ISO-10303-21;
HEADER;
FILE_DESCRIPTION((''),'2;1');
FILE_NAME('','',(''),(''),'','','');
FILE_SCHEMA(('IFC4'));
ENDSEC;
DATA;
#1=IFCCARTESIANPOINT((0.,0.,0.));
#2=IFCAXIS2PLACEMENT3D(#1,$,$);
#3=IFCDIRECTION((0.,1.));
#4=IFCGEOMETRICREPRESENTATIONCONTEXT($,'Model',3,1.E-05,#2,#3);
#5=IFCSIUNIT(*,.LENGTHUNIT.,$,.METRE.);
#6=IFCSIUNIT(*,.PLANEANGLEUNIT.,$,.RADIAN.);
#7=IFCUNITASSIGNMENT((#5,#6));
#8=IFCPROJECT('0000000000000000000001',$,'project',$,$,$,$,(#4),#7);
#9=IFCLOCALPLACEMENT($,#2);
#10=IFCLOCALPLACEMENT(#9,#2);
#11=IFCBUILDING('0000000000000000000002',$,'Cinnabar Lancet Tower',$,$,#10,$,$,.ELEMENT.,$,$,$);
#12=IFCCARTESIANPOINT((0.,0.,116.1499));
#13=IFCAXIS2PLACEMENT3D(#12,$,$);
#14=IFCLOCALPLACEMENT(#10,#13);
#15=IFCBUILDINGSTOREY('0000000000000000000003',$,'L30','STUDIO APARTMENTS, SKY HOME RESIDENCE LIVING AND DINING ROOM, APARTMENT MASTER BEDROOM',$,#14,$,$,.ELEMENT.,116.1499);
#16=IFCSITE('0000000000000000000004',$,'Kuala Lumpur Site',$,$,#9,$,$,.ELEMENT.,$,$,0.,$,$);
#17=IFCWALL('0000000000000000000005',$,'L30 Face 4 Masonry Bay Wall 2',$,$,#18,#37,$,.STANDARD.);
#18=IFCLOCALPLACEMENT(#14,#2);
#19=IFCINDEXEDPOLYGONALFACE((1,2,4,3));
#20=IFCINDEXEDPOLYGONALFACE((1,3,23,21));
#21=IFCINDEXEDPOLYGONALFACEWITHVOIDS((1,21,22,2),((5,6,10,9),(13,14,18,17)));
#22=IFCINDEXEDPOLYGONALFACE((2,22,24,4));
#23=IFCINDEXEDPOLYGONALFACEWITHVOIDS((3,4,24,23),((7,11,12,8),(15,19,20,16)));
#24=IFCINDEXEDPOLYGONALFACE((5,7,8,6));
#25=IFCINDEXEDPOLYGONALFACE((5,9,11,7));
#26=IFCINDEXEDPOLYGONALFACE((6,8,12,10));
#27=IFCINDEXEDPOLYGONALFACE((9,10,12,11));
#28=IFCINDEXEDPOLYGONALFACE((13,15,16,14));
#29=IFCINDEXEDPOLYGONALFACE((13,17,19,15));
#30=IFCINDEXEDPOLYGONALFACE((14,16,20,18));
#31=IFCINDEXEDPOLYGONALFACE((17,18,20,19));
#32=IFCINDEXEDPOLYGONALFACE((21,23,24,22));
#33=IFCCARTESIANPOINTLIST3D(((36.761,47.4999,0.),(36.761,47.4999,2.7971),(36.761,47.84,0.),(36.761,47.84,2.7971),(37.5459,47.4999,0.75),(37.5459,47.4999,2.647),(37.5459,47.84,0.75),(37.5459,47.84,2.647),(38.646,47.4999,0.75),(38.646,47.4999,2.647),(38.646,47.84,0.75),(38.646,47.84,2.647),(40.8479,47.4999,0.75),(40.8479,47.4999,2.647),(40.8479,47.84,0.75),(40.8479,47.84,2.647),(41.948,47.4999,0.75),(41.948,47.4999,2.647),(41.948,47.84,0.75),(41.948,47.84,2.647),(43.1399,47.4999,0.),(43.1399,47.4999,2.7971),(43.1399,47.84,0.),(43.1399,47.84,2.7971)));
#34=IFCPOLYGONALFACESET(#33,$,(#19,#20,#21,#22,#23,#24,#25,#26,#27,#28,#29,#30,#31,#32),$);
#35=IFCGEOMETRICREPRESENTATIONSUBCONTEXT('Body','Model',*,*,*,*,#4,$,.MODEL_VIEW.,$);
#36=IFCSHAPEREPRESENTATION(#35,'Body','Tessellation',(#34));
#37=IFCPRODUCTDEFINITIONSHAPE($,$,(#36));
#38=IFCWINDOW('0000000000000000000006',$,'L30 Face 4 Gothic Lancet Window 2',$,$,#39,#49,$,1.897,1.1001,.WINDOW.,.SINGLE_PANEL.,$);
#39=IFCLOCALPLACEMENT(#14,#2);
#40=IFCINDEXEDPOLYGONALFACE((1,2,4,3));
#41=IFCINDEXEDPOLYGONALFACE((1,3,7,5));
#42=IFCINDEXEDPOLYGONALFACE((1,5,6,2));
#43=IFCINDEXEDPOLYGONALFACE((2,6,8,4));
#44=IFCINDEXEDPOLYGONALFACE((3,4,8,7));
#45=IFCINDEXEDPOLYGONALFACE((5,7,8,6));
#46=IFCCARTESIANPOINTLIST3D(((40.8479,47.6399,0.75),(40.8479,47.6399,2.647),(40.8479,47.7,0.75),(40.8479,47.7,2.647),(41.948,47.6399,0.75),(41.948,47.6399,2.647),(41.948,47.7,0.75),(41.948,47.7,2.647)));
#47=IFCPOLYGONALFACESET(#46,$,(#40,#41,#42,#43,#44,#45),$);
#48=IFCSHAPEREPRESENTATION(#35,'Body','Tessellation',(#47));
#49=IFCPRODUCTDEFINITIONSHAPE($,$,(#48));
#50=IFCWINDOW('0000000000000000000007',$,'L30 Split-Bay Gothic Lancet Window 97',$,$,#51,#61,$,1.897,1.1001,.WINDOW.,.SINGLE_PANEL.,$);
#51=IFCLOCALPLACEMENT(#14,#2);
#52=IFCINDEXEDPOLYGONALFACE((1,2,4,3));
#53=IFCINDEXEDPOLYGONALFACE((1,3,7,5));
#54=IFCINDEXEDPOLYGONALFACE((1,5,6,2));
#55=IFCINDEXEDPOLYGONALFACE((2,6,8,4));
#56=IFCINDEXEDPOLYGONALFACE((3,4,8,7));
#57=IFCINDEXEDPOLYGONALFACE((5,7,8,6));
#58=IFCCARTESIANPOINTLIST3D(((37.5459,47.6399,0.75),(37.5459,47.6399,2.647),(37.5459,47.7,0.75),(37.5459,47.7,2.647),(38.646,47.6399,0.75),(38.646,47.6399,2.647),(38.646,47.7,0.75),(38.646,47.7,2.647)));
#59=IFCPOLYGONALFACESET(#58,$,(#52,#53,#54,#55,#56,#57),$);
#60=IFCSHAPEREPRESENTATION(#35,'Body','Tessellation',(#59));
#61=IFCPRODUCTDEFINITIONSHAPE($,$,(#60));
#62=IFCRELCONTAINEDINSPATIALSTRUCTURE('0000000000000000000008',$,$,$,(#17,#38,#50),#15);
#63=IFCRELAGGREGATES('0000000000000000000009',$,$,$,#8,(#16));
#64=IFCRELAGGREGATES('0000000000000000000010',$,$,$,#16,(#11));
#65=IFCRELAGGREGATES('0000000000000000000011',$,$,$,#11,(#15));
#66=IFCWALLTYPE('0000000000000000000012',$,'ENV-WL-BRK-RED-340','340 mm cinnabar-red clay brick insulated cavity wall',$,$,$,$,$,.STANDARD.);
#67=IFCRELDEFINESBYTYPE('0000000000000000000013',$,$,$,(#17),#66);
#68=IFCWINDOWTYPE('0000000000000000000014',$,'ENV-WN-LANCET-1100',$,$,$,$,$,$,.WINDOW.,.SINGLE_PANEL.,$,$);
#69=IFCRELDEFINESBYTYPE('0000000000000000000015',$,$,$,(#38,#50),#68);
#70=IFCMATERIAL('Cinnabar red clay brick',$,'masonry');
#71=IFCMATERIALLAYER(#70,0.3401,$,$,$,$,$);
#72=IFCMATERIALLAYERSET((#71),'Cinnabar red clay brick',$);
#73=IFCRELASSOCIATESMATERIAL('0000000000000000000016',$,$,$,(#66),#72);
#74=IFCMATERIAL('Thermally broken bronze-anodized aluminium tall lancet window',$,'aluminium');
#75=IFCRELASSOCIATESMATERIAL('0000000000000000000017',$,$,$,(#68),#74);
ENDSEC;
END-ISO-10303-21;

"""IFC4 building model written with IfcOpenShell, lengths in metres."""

from ifc_helpers import new_model, si_unit, direction, frame, frame_2d, origin, place, context, subcontext, project, spatial, rectangle, extrude, material, layer, layer_set, type_object, element, fill, save


model = new_model("IFC4")

# Units and contexts
model_context = context("Model", 3, precision=1e-05, world=origin(), true_north=direction((0.0, 1.0)))
body_context = subcontext(model_context, "Body", "Model", "MODEL_VIEW")
ifc_project = project(units=[si_unit("LENGTHUNIT", "METRE"), si_unit("PLANEANGLEUNIT", "RADIAN")], contexts=[model_context])

# Site, building, storey
site_placement = place(None, origin())
site = spatial("IfcSite", under=ifc_project, at=site_placement, Name="Kuala Lumpur Site", CompositionType="ELEMENT", RefElevation=0.0)
building_placement = place(site_placement, origin())
building = spatial("IfcBuilding", under=site, at=building_placement, Name="Cinnabar Lancet Tower", CompositionType="ELEMENT")
storey_placement = place(building_placement, frame((0.0, 0.0, 116.1499)))
storey = spatial("IfcBuildingStorey", under=building, at=storey_placement, Name="L30", Description="STUDIO APARTMENTS, SKY HOME RESIDENCE LIVING AND DINING ROOM, APARTMENT MASTER BEDROOM", CompositionType="ELEMENT", Elevation=116.1499)

# Shared definitions
ifc_material_1 = material(Name="Cinnabar red clay brick", Category="masonry")
ifc_layer_1 = layer(ifc_material_1, 0.3401)
ifc_layer_set_1 = layer_set([ifc_layer_1], Name="Cinnabar red clay brick")
wall_type_1 = type_object("IfcWallType", Name="ENV-WL-BRK-RED-340", Description="340 mm cinnabar-red clay brick insulated cavity wall", PredefinedType="STANDARD", material=ifc_layer_set_1)

# Shared definitions
ifc_material_2 = material(Name="Thermally broken bronze-anodized aluminium tall lancet window", Category="aluminium")
window_type = type_object("IfcWindowType", Name="ENV-WN-LANCET-1100", PartitioningType="SINGLE_PANEL", PredefinedType="WINDOW", material=ifc_material_2)

# Wall, openings, windows
wall_1_placement = place(storey_placement, frame((43.1399, 47.6699, 0.0), z_axis=(0.0, 0.0, 1.0), x_axis=(-1.0, 0.0, 0.0)))
wall_1 = element("IfcWall", 1, at=wall_1_placement, inside=storey, type_object=wall_type_1, Name="L30 Face 4 Masonry Bay Wall 2", PredefinedType="STANDARD", context=body_context, shape_type="SweptSolid", body=[
    extrude(rectangle(XDim=6.3789, YDim=0.3401, at=frame_2d((3.1895, 0.0))), origin(), (0.0, 0.0, 1.0), 2.7971),
])
opening_1_placement = place(wall_1_placement, frame((1.1919, 0.0, 0.75)))
opening_1 = element("IfcOpeningElement", 2, at=opening_1_placement, cuts=wall_1, PredefinedType="OPENING", context=body_context, shape_type="SweptSolid", body=[
    extrude(rectangle(XDim=1.1001, YDim=1.897, at=frame_2d((0.55, 0.9485))), frame((0.0, 0.1799, 0.0), z_axis=(0.0, -1.0, 0.0), x_axis=(1.0, 0.0, 0.0)), (0.0, 0.0, 1.0), 0.3601),
])
opening_2_placement = place(wall_1_placement, frame((4.4939, 0.0, 0.75)))
opening_2 = element("IfcOpeningElement", 3, at=opening_2_placement, cuts=wall_1, PredefinedType="OPENING", context=body_context, shape_type="SweptSolid", body=[
    extrude(rectangle(XDim=1.1001, YDim=1.897, at=frame_2d((0.55, 0.9485))), frame((0.0, 0.1799, 0.0), z_axis=(0.0, -1.0, 0.0), x_axis=(1.0, 0.0, 0.0)), (0.0, 0.0, 1.0), 0.3601),
])
window_1_placement = place(opening_1_placement, origin())
window_1 = element("IfcWindow", 4, at=window_1_placement, inside=storey, type_object=window_type, Name="L30 Face 4 Gothic Lancet Window 2", OverallHeight=1.897, OverallWidth=1.1001, PartitioningType="SINGLE_PANEL", PredefinedType="WINDOW", context=body_context, shape_type="SweptSolid", body=[
    extrude(rectangle(XDim=1.1001, YDim=1.897, at=frame_2d((0.55, 0.9485))), frame((0.0, 0.03, 0.0), z_axis=(0.0, -1.0, 0.0), x_axis=(1.0, 0.0, 0.0)), (0.0, 0.0, 1.0), 0.0601),
])
fill(opening_1, window_1)
window_2_placement = place(opening_2_placement, origin())
window_2 = element("IfcWindow", 5, at=window_2_placement, inside=storey, type_object=window_type, Name="L30 Split-Bay Gothic Lancet Window 97", OverallHeight=1.897, OverallWidth=1.1001, PartitioningType="SINGLE_PANEL", PredefinedType="WINDOW", context=body_context, shape_type="SweptSolid", body=[
    extrude(rectangle(XDim=1.1001, YDim=1.897, at=frame_2d((0.55, 0.9485))), frame((0.0, 0.03, 0.0), z_axis=(0.0, -1.0, 0.0), x_axis=(1.0, 0.0, 0.0)), (0.0, 0.0, 1.0), 0.0601),
])
fill(opening_2, window_2)

save(model, "model.ifc")
